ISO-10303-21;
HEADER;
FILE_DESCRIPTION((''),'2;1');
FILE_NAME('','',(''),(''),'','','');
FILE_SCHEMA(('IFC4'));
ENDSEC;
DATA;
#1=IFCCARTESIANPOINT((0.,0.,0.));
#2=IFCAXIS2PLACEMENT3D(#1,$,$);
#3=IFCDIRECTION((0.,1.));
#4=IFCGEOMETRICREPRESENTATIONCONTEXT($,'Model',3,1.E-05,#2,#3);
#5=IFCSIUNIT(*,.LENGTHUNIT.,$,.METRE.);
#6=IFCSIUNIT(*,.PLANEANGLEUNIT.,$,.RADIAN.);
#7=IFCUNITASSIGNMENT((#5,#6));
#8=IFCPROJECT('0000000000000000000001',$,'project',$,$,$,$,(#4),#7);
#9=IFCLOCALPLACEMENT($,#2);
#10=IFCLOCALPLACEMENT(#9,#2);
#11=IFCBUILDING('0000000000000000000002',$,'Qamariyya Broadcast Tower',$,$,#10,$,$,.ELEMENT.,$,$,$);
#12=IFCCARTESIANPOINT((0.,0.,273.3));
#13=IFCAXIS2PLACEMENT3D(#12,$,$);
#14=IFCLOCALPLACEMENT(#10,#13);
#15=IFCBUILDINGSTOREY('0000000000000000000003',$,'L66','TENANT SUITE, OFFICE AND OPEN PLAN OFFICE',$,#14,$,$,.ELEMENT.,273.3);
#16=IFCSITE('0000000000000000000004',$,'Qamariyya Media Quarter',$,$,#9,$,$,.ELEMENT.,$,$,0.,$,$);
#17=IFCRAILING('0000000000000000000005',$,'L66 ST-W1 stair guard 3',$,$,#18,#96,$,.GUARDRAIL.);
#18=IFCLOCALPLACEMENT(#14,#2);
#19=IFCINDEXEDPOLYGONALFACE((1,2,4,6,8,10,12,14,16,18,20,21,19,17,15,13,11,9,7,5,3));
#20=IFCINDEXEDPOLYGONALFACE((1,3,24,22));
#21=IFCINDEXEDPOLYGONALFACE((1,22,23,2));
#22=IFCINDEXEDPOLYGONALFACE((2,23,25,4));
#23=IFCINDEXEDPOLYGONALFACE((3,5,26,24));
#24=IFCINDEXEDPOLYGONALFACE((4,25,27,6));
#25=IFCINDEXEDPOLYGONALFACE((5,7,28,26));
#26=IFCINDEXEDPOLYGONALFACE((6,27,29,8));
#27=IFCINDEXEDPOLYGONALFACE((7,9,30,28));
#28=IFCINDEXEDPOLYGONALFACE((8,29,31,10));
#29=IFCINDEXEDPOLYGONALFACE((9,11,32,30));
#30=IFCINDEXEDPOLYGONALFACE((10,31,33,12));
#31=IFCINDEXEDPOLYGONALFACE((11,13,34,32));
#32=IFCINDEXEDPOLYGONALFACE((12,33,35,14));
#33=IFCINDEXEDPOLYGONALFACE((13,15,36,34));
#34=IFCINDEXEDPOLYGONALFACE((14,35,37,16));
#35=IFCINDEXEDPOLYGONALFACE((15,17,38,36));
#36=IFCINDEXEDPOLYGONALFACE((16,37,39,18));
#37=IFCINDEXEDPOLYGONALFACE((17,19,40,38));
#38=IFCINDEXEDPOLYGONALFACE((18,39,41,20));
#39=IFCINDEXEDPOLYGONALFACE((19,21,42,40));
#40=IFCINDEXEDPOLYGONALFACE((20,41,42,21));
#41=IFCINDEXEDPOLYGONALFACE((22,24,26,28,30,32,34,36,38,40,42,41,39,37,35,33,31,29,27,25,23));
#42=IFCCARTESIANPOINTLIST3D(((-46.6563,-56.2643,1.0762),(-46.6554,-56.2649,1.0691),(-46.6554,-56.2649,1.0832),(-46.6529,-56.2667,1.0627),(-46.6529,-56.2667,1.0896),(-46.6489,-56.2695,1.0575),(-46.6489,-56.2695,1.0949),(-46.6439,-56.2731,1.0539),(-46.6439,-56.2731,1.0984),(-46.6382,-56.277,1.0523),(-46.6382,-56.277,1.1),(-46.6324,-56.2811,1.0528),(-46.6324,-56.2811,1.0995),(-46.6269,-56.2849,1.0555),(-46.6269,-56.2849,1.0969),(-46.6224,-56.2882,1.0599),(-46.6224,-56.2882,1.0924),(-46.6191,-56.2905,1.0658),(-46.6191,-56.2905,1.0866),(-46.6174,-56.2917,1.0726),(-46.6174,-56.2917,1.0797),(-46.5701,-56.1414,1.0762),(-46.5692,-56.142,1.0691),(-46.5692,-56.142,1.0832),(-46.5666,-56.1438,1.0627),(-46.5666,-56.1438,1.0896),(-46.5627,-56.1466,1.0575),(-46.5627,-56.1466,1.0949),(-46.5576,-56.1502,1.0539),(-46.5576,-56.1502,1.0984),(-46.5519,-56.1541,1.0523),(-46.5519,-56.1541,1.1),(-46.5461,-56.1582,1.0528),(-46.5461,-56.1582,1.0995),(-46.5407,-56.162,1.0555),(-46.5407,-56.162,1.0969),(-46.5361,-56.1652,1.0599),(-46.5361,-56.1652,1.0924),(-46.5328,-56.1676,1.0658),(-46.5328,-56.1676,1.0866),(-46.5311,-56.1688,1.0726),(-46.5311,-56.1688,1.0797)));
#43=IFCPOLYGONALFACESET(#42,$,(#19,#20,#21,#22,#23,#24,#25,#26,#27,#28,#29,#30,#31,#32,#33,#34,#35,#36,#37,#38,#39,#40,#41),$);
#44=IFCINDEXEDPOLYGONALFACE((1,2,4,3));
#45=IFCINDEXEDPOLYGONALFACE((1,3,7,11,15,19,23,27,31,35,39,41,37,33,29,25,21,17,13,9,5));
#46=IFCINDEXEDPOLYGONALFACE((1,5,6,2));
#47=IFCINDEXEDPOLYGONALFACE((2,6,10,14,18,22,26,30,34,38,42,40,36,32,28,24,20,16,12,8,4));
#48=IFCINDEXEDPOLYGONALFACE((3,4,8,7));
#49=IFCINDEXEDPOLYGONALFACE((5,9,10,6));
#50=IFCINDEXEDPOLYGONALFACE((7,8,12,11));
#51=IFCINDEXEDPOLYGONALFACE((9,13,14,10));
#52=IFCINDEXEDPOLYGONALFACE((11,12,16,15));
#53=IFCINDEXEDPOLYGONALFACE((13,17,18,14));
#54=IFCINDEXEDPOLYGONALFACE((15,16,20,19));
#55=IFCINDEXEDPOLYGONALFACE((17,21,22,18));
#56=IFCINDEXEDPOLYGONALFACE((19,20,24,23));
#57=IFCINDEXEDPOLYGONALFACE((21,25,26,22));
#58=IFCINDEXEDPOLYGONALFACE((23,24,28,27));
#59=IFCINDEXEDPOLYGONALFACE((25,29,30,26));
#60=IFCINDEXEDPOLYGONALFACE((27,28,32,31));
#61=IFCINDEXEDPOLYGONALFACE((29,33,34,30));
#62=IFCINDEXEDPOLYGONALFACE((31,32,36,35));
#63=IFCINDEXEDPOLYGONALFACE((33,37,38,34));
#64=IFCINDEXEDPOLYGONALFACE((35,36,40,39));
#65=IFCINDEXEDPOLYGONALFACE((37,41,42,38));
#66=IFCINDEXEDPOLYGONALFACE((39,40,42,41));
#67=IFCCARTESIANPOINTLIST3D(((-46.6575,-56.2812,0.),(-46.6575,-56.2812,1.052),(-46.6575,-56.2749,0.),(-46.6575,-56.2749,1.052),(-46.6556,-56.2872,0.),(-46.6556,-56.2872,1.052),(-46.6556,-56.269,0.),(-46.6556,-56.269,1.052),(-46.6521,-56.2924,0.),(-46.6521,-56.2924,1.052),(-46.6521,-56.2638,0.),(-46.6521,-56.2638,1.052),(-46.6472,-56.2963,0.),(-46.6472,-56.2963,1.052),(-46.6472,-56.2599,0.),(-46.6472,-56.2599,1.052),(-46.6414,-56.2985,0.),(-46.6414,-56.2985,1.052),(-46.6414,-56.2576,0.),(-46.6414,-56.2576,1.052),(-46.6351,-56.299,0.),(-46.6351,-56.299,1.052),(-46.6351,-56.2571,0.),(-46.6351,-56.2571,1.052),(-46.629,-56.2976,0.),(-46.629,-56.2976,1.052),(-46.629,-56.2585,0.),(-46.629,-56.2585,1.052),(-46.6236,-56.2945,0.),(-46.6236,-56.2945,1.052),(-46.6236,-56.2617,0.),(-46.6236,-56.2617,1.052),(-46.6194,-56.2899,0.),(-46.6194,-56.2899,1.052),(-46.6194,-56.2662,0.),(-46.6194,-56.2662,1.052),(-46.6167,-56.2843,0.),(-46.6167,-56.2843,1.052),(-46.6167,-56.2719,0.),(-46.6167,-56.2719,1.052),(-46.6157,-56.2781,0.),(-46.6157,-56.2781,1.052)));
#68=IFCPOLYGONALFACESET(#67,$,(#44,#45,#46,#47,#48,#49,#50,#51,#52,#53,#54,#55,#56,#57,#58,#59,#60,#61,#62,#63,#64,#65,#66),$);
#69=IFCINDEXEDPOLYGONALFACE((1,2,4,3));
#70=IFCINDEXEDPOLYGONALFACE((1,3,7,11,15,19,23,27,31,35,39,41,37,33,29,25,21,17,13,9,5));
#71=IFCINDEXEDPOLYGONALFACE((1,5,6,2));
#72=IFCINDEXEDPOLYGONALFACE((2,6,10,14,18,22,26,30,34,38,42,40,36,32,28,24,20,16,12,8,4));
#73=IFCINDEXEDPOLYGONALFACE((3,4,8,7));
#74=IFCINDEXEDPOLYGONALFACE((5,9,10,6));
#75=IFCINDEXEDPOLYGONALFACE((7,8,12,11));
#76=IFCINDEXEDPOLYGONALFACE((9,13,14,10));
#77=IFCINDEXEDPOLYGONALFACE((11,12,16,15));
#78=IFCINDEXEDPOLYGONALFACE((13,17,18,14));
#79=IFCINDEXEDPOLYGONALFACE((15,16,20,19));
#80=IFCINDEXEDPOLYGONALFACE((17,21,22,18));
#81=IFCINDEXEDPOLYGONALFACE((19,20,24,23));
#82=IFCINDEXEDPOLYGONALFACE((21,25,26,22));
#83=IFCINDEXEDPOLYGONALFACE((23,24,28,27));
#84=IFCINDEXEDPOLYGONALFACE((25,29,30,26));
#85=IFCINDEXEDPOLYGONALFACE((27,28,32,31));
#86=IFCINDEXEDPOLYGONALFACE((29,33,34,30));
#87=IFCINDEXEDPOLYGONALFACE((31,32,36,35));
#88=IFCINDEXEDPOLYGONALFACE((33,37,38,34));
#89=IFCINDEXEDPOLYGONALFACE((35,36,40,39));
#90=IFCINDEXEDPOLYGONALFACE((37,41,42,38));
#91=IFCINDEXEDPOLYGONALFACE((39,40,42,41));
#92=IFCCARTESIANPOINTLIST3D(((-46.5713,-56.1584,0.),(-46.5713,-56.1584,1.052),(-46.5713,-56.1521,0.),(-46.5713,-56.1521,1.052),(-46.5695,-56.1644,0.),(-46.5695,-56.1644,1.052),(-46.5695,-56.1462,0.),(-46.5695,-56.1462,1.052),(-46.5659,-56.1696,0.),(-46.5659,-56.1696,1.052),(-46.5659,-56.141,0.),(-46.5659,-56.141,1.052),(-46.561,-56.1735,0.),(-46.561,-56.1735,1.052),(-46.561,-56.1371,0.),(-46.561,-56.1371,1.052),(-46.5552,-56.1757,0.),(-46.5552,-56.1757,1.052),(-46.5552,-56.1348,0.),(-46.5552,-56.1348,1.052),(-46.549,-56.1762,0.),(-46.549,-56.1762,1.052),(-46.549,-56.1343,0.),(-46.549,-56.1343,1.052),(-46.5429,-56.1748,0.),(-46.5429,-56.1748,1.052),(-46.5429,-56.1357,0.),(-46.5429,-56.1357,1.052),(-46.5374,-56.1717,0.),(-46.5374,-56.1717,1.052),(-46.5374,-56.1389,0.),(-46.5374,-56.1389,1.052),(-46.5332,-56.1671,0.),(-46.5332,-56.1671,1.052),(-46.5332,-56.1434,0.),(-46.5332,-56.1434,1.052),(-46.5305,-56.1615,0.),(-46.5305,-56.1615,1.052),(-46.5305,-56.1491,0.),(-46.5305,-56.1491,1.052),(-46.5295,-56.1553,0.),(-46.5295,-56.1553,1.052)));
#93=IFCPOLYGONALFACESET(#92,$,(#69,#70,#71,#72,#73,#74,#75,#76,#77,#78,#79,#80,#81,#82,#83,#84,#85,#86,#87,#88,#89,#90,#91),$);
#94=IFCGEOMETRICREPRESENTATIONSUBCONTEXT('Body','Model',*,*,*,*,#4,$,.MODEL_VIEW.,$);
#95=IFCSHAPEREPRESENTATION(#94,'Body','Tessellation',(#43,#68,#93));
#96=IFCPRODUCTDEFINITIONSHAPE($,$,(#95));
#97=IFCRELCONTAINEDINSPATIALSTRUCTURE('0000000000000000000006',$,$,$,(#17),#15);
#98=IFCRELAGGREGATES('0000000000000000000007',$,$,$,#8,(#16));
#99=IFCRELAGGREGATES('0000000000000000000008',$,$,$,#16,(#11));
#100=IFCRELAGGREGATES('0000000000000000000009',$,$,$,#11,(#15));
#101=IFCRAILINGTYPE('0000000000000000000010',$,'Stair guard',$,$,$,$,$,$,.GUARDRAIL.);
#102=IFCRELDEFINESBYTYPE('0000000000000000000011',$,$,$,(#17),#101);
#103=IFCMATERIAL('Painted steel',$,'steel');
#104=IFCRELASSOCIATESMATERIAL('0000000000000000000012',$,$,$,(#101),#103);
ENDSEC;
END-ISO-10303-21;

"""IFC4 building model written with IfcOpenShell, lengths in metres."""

from ifc_helpers import new_model, si_unit, direction, frame, origin, origin_2d, place, context, subcontext, project, spatial, circle, extrude, material, type_object, element, save


model = new_model("IFC4")

# Units and contexts
model_context = context("Model", 3, precision=1e-05, world=origin(), true_north=direction((0.0, 1.0)))
body_context = subcontext(model_context, "Body", "Model", "MODEL_VIEW")
ifc_project = project(units=[si_unit("LENGTHUNIT", "METRE"), si_unit("PLANEANGLEUNIT", "RADIAN")], contexts=[model_context])

# Site, building, storey
site_placement = place(None, origin())
site = spatial("IfcSite", under=ifc_project, at=site_placement, Name="Qamariyya Media Quarter", CompositionType="ELEMENT", RefElevation=0.0)
building_placement = place(site_placement, origin())
building = spatial("IfcBuilding", under=site, at=building_placement, Name="Qamariyya Broadcast Tower", CompositionType="ELEMENT")
storey_placement = place(building_placement, frame((0.0, 0.0, 273.3)))
storey = spatial("IfcBuildingStorey", under=building, at=storey_placement, Name="L66", Description="TENANT SUITE, OFFICE AND OPEN PLAN OFFICE", CompositionType="ELEMENT", Elevation=273.3)

# Railing
ifc_material_1 = material(Name="Painted steel", Category="steel")
railing_type_1 = type_object("IfcRailingType", Name="Stair guard", PredefinedType="GUARDRAIL", material=ifc_material_1)
railing_1_placement = place(storey_placement, frame((-46.6367, -56.2781, 0.0)))
element("IfcRailing", 1, at=railing_1_placement, inside=storey, type_object=railing_type_1, Name="L66 ST-W1 stair guard 3", PredefinedType="GUARDRAIL", context=body_context, shape_type="SweptSolid", body=[
    extrude(circle(Radius=0.0239, at=origin_2d()), frame((0.0, 0.0, 1.0762), z_axis=(0.574445, 0.818543, 0.0), x_axis=(-0.818543, 0.574445, 0.0)), (0.0, 0.0, 1.0), 0.1501),
    extrude(circle(Radius=0.021, at=origin_2d()), origin(), (0.0, 0.0, 1.0), 1.052),
    extrude(circle(Radius=0.021, at=origin_2d()), frame((0.0862, 0.1228, 0.0)), (0.0, 0.0, 1.0), 1.052),
])

save(model, "model.ifc")
